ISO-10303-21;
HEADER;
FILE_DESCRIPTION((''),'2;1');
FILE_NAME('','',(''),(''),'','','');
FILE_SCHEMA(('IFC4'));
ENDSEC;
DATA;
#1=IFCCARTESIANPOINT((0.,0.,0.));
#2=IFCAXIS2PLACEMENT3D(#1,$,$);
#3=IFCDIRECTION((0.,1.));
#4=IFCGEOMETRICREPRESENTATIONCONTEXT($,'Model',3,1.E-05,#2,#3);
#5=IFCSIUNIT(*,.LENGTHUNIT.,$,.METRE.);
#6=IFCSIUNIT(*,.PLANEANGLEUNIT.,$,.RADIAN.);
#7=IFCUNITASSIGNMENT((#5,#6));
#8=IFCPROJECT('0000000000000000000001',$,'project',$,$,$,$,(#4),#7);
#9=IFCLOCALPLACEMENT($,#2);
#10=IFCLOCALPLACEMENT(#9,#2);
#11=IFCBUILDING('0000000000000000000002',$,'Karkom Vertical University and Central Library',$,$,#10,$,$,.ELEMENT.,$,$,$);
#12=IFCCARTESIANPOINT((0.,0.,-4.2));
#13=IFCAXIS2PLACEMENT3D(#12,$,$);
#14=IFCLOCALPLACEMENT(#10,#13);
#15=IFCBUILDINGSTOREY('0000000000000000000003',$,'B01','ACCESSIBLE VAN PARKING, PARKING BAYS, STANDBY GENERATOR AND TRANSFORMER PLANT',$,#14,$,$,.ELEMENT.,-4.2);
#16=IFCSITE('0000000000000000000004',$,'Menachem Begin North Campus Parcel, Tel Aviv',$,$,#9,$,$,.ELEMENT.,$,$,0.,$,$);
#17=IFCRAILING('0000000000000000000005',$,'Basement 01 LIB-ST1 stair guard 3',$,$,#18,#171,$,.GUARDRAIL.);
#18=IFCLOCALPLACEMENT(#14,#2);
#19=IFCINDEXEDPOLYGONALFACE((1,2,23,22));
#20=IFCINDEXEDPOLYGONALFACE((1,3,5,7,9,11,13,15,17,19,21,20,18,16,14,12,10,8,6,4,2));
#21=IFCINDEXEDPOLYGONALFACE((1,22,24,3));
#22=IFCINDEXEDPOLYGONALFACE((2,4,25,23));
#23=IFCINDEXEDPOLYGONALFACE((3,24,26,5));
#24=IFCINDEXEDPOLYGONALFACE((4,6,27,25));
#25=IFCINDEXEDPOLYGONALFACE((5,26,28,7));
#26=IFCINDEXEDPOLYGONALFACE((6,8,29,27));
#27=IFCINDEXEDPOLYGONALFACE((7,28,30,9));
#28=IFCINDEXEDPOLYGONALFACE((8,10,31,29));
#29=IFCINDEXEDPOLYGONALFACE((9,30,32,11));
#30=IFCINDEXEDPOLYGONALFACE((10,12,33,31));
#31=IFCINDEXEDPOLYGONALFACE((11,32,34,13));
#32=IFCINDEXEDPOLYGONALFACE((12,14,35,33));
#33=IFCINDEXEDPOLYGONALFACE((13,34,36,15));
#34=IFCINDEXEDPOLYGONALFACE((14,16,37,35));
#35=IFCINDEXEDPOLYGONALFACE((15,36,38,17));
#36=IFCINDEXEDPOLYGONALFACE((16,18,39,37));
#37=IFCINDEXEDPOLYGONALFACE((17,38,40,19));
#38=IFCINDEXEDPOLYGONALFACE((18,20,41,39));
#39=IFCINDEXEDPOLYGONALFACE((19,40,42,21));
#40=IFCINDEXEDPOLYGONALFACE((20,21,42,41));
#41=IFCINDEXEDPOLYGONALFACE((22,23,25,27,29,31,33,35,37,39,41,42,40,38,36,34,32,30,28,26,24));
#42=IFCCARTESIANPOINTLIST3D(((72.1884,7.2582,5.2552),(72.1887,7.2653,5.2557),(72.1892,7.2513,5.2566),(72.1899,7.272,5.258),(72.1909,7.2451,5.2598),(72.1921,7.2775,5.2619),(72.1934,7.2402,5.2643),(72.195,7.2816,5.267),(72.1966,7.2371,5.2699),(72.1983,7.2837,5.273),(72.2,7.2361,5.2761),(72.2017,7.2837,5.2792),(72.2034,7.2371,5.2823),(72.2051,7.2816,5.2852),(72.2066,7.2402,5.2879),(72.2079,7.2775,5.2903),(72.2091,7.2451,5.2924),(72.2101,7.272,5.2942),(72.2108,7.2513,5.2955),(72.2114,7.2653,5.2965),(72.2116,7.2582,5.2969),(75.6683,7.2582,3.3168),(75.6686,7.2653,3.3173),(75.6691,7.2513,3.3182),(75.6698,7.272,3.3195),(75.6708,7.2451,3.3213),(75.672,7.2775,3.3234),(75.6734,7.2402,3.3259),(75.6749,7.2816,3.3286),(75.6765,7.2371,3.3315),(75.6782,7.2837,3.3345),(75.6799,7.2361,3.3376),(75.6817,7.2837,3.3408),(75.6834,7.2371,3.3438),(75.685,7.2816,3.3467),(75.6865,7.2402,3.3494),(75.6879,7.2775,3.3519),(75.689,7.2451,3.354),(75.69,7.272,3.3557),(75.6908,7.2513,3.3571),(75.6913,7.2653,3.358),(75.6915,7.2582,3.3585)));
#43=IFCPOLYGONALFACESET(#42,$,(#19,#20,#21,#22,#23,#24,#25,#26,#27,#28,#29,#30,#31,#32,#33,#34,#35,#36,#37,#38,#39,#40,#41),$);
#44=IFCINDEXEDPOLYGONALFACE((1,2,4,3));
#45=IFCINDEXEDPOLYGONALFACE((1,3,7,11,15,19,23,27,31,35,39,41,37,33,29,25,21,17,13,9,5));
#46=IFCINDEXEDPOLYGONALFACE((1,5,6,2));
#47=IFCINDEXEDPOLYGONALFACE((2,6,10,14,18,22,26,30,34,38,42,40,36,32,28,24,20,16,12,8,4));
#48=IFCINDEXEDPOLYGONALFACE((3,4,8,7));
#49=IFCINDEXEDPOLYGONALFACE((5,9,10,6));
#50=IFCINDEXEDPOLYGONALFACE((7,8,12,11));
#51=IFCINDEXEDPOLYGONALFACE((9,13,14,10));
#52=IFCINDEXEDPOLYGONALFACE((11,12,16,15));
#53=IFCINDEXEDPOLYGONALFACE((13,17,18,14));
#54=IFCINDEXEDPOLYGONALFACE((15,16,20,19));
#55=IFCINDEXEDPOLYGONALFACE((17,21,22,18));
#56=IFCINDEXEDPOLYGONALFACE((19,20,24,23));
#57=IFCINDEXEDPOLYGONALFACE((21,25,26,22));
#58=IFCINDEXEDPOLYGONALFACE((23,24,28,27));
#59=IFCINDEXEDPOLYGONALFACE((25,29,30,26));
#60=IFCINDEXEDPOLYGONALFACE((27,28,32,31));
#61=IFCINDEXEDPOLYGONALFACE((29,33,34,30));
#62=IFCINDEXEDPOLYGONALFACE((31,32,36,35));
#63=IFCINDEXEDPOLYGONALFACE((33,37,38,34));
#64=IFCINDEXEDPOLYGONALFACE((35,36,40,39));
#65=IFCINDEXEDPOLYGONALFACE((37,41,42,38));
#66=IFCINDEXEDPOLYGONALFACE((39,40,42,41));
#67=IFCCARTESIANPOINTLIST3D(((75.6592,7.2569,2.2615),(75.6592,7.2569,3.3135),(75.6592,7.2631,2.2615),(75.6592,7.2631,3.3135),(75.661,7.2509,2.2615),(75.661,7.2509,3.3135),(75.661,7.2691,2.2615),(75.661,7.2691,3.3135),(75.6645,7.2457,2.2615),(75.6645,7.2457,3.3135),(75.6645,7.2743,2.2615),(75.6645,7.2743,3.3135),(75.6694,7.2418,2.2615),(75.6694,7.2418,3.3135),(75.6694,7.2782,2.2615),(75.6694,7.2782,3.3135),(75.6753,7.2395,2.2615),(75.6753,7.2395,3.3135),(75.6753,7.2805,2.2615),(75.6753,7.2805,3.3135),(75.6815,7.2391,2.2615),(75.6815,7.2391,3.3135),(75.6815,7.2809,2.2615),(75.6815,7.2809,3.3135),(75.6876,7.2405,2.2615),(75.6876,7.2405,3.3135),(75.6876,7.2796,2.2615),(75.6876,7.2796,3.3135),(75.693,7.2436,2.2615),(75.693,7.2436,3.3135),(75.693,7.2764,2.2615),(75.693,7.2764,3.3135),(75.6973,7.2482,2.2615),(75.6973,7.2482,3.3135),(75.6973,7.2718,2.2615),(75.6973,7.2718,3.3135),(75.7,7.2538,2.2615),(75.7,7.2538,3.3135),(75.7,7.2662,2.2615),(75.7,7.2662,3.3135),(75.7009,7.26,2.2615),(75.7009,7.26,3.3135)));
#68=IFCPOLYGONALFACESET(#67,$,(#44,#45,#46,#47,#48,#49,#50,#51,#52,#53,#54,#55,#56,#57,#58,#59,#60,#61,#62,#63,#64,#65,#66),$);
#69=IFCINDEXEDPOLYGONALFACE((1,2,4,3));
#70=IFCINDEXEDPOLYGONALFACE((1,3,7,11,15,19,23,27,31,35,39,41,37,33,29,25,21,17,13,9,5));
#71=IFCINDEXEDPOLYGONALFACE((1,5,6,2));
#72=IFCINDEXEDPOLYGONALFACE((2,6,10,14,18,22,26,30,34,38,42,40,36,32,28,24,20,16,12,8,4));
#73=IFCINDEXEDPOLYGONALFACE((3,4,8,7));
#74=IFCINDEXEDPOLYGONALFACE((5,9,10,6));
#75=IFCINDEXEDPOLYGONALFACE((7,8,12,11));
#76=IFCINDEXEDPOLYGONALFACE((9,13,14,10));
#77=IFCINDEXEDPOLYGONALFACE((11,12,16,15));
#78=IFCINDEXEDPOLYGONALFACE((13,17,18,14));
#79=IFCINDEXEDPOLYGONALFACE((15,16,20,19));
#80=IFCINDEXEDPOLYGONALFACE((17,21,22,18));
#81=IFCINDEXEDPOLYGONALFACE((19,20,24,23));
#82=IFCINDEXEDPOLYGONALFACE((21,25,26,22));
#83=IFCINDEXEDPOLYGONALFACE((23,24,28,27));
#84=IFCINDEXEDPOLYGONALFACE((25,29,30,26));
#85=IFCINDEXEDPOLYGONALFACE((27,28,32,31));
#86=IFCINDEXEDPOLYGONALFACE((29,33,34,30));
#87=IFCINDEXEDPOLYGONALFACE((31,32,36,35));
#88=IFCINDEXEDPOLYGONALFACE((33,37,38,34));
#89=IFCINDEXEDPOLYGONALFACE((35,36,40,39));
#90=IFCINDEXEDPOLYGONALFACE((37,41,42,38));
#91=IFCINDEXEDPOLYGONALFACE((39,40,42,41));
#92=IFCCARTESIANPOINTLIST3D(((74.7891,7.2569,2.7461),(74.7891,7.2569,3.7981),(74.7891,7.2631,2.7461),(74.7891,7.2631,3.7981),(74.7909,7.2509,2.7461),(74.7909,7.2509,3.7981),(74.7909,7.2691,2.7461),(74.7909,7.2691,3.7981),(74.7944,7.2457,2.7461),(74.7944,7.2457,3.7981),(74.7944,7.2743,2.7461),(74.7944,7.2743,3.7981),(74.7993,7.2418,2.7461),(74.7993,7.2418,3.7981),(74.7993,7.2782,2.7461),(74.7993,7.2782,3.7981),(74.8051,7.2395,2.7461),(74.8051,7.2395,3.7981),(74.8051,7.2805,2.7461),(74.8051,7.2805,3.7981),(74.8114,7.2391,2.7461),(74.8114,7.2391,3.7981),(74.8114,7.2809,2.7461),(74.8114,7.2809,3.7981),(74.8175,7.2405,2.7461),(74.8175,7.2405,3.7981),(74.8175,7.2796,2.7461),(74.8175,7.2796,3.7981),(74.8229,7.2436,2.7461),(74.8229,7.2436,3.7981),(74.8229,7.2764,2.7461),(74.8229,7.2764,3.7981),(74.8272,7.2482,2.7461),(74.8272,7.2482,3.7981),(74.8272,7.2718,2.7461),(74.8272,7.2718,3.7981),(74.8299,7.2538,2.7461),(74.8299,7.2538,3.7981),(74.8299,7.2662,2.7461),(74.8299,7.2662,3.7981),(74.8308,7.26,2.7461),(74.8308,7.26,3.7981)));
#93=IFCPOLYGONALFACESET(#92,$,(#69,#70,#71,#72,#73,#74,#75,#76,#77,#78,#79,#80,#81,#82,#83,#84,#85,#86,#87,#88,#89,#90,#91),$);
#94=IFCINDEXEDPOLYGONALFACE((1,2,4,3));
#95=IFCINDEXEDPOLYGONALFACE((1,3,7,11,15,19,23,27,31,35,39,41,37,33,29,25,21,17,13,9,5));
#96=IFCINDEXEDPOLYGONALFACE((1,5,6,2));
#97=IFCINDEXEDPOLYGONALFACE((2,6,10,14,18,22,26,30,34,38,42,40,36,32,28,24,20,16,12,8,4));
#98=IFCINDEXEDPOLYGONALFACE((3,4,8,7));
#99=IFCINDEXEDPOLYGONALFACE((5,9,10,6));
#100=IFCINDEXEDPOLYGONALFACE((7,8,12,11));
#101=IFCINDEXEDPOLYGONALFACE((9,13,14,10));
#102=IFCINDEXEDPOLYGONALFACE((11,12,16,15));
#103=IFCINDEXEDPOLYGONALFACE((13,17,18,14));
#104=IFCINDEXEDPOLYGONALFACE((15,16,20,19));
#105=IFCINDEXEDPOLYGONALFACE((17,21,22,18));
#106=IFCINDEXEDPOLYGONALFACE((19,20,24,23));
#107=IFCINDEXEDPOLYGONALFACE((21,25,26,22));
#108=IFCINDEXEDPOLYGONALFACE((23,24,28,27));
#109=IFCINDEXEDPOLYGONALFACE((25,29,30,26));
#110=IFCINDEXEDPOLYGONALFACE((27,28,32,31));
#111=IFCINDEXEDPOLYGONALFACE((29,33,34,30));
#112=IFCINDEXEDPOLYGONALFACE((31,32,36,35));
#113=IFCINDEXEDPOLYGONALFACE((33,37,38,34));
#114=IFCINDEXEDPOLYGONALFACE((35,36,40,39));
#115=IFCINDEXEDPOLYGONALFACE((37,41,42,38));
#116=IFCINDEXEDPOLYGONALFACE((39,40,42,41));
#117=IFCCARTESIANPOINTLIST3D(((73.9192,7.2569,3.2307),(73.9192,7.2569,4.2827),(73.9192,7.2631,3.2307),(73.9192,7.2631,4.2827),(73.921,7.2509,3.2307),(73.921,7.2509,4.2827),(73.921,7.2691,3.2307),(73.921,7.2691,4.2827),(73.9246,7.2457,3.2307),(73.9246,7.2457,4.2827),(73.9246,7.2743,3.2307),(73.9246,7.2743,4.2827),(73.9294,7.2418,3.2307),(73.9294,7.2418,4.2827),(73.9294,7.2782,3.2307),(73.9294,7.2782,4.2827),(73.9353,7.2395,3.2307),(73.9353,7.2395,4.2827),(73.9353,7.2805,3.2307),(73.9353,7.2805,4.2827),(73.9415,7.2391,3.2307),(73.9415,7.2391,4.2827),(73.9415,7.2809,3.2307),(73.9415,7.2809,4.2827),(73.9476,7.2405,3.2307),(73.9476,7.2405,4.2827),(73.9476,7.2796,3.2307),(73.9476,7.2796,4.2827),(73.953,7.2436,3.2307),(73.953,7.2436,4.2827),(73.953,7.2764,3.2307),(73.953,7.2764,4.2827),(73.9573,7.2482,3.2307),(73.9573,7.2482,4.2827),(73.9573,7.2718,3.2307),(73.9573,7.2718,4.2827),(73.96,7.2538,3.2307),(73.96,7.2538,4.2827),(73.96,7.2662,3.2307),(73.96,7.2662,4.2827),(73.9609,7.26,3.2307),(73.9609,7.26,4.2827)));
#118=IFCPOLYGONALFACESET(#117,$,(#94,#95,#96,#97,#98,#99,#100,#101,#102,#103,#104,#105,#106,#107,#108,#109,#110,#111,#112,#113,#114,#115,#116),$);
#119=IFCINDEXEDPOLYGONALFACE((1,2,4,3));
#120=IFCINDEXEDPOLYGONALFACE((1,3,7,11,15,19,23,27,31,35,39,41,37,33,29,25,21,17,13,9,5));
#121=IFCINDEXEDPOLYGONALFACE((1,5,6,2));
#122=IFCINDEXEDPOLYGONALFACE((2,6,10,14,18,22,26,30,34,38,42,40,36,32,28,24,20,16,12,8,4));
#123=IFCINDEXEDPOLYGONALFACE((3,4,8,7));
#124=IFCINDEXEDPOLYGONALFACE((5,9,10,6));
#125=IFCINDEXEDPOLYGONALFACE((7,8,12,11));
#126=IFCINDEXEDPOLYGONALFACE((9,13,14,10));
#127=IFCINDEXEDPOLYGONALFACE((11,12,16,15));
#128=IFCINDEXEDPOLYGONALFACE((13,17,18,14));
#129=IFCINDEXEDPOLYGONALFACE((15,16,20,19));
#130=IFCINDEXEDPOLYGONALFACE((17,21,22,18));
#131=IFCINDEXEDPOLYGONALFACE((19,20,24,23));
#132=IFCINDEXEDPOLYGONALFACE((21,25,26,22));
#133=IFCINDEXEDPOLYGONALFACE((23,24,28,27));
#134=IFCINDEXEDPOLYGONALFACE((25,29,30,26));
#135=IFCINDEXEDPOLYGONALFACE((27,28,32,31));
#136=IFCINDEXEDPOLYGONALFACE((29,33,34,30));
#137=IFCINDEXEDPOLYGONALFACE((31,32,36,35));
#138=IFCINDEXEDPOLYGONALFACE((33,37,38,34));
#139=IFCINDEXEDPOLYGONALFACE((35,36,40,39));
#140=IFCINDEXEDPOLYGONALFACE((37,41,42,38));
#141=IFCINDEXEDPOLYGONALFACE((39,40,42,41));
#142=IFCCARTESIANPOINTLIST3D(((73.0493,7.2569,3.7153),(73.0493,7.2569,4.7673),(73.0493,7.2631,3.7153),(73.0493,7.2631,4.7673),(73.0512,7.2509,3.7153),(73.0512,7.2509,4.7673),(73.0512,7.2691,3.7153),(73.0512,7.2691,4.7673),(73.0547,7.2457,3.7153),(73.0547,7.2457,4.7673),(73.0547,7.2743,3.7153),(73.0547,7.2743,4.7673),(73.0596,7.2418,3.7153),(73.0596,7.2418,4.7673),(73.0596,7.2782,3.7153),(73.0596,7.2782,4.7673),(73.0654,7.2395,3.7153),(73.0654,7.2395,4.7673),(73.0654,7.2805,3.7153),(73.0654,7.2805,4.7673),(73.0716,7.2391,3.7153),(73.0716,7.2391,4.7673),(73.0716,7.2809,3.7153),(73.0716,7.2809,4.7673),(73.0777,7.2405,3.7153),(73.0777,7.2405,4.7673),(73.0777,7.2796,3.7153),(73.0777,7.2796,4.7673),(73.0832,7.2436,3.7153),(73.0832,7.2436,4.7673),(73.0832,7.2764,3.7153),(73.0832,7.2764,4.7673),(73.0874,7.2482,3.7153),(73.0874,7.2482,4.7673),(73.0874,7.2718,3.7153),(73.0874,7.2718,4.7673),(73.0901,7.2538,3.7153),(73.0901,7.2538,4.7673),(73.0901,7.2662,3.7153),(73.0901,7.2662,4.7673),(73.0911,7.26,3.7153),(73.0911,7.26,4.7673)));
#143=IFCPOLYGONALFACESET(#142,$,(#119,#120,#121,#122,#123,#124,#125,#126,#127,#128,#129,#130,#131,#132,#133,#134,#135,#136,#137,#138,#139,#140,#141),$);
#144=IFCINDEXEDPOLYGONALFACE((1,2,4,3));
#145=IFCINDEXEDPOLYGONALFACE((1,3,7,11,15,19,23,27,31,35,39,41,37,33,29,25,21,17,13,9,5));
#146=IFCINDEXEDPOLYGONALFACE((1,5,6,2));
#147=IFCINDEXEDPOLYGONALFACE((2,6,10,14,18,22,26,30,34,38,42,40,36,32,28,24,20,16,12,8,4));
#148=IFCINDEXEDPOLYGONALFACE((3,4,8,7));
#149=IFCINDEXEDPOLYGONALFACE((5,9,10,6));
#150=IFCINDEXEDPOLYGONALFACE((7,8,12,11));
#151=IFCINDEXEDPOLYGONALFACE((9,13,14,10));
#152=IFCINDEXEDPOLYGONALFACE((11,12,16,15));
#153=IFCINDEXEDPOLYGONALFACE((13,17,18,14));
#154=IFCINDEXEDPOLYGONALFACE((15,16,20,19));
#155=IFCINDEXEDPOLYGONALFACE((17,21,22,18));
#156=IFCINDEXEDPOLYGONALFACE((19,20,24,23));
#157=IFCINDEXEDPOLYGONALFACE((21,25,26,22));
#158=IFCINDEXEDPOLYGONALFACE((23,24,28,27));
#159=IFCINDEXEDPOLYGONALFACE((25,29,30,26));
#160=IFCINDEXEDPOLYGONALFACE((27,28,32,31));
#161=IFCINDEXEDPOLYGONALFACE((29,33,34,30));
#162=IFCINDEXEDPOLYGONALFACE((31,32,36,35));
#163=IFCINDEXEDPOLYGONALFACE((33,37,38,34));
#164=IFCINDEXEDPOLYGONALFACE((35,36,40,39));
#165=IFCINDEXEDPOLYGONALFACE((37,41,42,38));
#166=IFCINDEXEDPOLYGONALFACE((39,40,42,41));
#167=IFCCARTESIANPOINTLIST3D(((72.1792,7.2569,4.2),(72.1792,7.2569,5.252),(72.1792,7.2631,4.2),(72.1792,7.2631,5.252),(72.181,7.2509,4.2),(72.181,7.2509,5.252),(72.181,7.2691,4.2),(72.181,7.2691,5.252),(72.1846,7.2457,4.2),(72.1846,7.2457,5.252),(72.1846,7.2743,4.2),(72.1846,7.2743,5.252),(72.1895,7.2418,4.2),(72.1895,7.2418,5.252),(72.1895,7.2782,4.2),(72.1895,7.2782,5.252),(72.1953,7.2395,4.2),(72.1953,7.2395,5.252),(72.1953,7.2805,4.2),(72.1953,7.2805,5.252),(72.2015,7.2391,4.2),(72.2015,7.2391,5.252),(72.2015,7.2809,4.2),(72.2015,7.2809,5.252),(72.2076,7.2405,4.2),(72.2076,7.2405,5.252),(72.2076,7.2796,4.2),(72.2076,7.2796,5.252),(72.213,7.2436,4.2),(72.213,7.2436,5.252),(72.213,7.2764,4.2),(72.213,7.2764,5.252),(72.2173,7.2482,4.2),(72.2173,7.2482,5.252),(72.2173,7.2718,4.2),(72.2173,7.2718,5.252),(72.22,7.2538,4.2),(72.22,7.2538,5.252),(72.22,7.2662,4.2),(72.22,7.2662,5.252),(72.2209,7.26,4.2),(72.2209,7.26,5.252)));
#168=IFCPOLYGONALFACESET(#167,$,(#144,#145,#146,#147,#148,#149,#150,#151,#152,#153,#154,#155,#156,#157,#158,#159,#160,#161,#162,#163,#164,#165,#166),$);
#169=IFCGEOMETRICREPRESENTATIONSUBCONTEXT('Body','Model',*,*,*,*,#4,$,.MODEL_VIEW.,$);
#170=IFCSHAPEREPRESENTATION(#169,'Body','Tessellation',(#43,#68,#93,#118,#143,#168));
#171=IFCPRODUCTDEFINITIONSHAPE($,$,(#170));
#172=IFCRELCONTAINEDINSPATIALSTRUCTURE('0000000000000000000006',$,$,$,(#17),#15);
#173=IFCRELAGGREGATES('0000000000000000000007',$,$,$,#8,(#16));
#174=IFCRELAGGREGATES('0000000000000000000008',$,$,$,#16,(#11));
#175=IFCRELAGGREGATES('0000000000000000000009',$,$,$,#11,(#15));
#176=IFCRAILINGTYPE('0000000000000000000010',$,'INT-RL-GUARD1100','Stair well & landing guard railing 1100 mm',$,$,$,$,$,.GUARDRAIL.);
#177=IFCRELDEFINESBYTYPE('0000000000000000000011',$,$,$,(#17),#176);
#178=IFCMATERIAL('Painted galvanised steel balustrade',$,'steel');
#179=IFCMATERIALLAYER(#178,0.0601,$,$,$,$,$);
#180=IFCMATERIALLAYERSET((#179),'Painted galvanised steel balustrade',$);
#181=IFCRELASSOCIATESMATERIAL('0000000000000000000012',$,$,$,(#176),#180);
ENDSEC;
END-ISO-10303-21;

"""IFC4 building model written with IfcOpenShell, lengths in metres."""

from ifc_helpers import new_model, si_unit, direction, frame, origin, origin_2d, place, context, subcontext, project, spatial, circle, extrude, material, layer, layer_set, type_object, element, save


model = new_model("IFC4")

# Units and contexts
model_context = context("Model", 3, precision=1e-05, world=origin(), true_north=direction((0.0, 1.0)))
body_context = subcontext(model_context, "Body", "Model", "MODEL_VIEW")
ifc_project = project(units=[si_unit("LENGTHUNIT", "METRE"), si_unit("PLANEANGLEUNIT", "RADIAN")], contexts=[model_context])

# Site, building, storey
site_placement = place(None, origin())
site = spatial("IfcSite", under=ifc_project, at=site_placement, Name="Menachem Begin North Campus Parcel, Tel Aviv", CompositionType="ELEMENT", RefElevation=0.0)
building_placement = place(site_placement, origin())
building = spatial("IfcBuilding", under=site, at=building_placement, Name="Karkom Vertical University and Central Library", CompositionType="ELEMENT")
storey_placement = place(building_placement, frame((0.0, 0.0, -4.2)))
storey = spatial("IfcBuildingStorey", under=building, at=storey_placement, Name="B01", Description="ACCESSIBLE VAN PARKING, PARKING BAYS, STANDBY GENERATOR AND TRANSFORMER PLANT", CompositionType="ELEMENT", Elevation=-4.2)

# Railing
ifc_material_1 = material(Name="Painted galvanised steel balustrade", Category="steel")
ifc_layer_1 = layer(ifc_material_1, 0.0601)
ifc_layer_set_1 = layer_set([ifc_layer_1], Name="Painted galvanised steel balustrade")
railing_type_1 = type_object("IfcRailingType", Name="INT-RL-GUARD1100", Description="Stair well & landing guard railing 1100 mm", PredefinedType="GUARDRAIL", material=ifc_layer_set_1)
railing_1_placement = place(storey_placement, frame((75.6799, 7.26, 2.2615)))
element("IfcRailing", 1, at=railing_1_placement, inside=storey, type_object=railing_type_1, Name="Basement 01 LIB-ST1 stair guard 3", PredefinedType="GUARDRAIL", context=body_context, shape_type="SweptSolid", body=[
    extrude(circle(Radius=0.0239, at=origin_2d()), frame((0.0, 0.0, 1.0762), z_axis=(-0.873607, 0.0, 0.486631), x_axis=(0.0, -1.0, 0.0)), (0.0, 0.0, 1.0), 3.9834),
    extrude(circle(Radius=0.021, at=origin_2d()), origin(), (0.0, 0.0, 1.0), 1.052),
    extrude(circle(Radius=0.021, at=origin_2d()), frame((-0.8701, 0.0, 0.4846)), (0.0, 0.0, 1.0), 1.052),
    extrude(circle(Radius=0.021, at=origin_2d()), frame((-1.74, 0.0, 0.9692)), (0.0, 0.0, 1.0), 1.052),
    extrude(circle(Radius=0.021, at=origin_2d()), frame((-2.6099, 0.0, 1.4539)), (0.0, 0.0, 1.0), 1.052),
    extrude(circle(Radius=0.021, at=origin_2d()), frame((-3.48, 0.0, 1.9385)), (0.0, 0.0, 1.0), 1.052),
])

save(model, "model.ifc")
